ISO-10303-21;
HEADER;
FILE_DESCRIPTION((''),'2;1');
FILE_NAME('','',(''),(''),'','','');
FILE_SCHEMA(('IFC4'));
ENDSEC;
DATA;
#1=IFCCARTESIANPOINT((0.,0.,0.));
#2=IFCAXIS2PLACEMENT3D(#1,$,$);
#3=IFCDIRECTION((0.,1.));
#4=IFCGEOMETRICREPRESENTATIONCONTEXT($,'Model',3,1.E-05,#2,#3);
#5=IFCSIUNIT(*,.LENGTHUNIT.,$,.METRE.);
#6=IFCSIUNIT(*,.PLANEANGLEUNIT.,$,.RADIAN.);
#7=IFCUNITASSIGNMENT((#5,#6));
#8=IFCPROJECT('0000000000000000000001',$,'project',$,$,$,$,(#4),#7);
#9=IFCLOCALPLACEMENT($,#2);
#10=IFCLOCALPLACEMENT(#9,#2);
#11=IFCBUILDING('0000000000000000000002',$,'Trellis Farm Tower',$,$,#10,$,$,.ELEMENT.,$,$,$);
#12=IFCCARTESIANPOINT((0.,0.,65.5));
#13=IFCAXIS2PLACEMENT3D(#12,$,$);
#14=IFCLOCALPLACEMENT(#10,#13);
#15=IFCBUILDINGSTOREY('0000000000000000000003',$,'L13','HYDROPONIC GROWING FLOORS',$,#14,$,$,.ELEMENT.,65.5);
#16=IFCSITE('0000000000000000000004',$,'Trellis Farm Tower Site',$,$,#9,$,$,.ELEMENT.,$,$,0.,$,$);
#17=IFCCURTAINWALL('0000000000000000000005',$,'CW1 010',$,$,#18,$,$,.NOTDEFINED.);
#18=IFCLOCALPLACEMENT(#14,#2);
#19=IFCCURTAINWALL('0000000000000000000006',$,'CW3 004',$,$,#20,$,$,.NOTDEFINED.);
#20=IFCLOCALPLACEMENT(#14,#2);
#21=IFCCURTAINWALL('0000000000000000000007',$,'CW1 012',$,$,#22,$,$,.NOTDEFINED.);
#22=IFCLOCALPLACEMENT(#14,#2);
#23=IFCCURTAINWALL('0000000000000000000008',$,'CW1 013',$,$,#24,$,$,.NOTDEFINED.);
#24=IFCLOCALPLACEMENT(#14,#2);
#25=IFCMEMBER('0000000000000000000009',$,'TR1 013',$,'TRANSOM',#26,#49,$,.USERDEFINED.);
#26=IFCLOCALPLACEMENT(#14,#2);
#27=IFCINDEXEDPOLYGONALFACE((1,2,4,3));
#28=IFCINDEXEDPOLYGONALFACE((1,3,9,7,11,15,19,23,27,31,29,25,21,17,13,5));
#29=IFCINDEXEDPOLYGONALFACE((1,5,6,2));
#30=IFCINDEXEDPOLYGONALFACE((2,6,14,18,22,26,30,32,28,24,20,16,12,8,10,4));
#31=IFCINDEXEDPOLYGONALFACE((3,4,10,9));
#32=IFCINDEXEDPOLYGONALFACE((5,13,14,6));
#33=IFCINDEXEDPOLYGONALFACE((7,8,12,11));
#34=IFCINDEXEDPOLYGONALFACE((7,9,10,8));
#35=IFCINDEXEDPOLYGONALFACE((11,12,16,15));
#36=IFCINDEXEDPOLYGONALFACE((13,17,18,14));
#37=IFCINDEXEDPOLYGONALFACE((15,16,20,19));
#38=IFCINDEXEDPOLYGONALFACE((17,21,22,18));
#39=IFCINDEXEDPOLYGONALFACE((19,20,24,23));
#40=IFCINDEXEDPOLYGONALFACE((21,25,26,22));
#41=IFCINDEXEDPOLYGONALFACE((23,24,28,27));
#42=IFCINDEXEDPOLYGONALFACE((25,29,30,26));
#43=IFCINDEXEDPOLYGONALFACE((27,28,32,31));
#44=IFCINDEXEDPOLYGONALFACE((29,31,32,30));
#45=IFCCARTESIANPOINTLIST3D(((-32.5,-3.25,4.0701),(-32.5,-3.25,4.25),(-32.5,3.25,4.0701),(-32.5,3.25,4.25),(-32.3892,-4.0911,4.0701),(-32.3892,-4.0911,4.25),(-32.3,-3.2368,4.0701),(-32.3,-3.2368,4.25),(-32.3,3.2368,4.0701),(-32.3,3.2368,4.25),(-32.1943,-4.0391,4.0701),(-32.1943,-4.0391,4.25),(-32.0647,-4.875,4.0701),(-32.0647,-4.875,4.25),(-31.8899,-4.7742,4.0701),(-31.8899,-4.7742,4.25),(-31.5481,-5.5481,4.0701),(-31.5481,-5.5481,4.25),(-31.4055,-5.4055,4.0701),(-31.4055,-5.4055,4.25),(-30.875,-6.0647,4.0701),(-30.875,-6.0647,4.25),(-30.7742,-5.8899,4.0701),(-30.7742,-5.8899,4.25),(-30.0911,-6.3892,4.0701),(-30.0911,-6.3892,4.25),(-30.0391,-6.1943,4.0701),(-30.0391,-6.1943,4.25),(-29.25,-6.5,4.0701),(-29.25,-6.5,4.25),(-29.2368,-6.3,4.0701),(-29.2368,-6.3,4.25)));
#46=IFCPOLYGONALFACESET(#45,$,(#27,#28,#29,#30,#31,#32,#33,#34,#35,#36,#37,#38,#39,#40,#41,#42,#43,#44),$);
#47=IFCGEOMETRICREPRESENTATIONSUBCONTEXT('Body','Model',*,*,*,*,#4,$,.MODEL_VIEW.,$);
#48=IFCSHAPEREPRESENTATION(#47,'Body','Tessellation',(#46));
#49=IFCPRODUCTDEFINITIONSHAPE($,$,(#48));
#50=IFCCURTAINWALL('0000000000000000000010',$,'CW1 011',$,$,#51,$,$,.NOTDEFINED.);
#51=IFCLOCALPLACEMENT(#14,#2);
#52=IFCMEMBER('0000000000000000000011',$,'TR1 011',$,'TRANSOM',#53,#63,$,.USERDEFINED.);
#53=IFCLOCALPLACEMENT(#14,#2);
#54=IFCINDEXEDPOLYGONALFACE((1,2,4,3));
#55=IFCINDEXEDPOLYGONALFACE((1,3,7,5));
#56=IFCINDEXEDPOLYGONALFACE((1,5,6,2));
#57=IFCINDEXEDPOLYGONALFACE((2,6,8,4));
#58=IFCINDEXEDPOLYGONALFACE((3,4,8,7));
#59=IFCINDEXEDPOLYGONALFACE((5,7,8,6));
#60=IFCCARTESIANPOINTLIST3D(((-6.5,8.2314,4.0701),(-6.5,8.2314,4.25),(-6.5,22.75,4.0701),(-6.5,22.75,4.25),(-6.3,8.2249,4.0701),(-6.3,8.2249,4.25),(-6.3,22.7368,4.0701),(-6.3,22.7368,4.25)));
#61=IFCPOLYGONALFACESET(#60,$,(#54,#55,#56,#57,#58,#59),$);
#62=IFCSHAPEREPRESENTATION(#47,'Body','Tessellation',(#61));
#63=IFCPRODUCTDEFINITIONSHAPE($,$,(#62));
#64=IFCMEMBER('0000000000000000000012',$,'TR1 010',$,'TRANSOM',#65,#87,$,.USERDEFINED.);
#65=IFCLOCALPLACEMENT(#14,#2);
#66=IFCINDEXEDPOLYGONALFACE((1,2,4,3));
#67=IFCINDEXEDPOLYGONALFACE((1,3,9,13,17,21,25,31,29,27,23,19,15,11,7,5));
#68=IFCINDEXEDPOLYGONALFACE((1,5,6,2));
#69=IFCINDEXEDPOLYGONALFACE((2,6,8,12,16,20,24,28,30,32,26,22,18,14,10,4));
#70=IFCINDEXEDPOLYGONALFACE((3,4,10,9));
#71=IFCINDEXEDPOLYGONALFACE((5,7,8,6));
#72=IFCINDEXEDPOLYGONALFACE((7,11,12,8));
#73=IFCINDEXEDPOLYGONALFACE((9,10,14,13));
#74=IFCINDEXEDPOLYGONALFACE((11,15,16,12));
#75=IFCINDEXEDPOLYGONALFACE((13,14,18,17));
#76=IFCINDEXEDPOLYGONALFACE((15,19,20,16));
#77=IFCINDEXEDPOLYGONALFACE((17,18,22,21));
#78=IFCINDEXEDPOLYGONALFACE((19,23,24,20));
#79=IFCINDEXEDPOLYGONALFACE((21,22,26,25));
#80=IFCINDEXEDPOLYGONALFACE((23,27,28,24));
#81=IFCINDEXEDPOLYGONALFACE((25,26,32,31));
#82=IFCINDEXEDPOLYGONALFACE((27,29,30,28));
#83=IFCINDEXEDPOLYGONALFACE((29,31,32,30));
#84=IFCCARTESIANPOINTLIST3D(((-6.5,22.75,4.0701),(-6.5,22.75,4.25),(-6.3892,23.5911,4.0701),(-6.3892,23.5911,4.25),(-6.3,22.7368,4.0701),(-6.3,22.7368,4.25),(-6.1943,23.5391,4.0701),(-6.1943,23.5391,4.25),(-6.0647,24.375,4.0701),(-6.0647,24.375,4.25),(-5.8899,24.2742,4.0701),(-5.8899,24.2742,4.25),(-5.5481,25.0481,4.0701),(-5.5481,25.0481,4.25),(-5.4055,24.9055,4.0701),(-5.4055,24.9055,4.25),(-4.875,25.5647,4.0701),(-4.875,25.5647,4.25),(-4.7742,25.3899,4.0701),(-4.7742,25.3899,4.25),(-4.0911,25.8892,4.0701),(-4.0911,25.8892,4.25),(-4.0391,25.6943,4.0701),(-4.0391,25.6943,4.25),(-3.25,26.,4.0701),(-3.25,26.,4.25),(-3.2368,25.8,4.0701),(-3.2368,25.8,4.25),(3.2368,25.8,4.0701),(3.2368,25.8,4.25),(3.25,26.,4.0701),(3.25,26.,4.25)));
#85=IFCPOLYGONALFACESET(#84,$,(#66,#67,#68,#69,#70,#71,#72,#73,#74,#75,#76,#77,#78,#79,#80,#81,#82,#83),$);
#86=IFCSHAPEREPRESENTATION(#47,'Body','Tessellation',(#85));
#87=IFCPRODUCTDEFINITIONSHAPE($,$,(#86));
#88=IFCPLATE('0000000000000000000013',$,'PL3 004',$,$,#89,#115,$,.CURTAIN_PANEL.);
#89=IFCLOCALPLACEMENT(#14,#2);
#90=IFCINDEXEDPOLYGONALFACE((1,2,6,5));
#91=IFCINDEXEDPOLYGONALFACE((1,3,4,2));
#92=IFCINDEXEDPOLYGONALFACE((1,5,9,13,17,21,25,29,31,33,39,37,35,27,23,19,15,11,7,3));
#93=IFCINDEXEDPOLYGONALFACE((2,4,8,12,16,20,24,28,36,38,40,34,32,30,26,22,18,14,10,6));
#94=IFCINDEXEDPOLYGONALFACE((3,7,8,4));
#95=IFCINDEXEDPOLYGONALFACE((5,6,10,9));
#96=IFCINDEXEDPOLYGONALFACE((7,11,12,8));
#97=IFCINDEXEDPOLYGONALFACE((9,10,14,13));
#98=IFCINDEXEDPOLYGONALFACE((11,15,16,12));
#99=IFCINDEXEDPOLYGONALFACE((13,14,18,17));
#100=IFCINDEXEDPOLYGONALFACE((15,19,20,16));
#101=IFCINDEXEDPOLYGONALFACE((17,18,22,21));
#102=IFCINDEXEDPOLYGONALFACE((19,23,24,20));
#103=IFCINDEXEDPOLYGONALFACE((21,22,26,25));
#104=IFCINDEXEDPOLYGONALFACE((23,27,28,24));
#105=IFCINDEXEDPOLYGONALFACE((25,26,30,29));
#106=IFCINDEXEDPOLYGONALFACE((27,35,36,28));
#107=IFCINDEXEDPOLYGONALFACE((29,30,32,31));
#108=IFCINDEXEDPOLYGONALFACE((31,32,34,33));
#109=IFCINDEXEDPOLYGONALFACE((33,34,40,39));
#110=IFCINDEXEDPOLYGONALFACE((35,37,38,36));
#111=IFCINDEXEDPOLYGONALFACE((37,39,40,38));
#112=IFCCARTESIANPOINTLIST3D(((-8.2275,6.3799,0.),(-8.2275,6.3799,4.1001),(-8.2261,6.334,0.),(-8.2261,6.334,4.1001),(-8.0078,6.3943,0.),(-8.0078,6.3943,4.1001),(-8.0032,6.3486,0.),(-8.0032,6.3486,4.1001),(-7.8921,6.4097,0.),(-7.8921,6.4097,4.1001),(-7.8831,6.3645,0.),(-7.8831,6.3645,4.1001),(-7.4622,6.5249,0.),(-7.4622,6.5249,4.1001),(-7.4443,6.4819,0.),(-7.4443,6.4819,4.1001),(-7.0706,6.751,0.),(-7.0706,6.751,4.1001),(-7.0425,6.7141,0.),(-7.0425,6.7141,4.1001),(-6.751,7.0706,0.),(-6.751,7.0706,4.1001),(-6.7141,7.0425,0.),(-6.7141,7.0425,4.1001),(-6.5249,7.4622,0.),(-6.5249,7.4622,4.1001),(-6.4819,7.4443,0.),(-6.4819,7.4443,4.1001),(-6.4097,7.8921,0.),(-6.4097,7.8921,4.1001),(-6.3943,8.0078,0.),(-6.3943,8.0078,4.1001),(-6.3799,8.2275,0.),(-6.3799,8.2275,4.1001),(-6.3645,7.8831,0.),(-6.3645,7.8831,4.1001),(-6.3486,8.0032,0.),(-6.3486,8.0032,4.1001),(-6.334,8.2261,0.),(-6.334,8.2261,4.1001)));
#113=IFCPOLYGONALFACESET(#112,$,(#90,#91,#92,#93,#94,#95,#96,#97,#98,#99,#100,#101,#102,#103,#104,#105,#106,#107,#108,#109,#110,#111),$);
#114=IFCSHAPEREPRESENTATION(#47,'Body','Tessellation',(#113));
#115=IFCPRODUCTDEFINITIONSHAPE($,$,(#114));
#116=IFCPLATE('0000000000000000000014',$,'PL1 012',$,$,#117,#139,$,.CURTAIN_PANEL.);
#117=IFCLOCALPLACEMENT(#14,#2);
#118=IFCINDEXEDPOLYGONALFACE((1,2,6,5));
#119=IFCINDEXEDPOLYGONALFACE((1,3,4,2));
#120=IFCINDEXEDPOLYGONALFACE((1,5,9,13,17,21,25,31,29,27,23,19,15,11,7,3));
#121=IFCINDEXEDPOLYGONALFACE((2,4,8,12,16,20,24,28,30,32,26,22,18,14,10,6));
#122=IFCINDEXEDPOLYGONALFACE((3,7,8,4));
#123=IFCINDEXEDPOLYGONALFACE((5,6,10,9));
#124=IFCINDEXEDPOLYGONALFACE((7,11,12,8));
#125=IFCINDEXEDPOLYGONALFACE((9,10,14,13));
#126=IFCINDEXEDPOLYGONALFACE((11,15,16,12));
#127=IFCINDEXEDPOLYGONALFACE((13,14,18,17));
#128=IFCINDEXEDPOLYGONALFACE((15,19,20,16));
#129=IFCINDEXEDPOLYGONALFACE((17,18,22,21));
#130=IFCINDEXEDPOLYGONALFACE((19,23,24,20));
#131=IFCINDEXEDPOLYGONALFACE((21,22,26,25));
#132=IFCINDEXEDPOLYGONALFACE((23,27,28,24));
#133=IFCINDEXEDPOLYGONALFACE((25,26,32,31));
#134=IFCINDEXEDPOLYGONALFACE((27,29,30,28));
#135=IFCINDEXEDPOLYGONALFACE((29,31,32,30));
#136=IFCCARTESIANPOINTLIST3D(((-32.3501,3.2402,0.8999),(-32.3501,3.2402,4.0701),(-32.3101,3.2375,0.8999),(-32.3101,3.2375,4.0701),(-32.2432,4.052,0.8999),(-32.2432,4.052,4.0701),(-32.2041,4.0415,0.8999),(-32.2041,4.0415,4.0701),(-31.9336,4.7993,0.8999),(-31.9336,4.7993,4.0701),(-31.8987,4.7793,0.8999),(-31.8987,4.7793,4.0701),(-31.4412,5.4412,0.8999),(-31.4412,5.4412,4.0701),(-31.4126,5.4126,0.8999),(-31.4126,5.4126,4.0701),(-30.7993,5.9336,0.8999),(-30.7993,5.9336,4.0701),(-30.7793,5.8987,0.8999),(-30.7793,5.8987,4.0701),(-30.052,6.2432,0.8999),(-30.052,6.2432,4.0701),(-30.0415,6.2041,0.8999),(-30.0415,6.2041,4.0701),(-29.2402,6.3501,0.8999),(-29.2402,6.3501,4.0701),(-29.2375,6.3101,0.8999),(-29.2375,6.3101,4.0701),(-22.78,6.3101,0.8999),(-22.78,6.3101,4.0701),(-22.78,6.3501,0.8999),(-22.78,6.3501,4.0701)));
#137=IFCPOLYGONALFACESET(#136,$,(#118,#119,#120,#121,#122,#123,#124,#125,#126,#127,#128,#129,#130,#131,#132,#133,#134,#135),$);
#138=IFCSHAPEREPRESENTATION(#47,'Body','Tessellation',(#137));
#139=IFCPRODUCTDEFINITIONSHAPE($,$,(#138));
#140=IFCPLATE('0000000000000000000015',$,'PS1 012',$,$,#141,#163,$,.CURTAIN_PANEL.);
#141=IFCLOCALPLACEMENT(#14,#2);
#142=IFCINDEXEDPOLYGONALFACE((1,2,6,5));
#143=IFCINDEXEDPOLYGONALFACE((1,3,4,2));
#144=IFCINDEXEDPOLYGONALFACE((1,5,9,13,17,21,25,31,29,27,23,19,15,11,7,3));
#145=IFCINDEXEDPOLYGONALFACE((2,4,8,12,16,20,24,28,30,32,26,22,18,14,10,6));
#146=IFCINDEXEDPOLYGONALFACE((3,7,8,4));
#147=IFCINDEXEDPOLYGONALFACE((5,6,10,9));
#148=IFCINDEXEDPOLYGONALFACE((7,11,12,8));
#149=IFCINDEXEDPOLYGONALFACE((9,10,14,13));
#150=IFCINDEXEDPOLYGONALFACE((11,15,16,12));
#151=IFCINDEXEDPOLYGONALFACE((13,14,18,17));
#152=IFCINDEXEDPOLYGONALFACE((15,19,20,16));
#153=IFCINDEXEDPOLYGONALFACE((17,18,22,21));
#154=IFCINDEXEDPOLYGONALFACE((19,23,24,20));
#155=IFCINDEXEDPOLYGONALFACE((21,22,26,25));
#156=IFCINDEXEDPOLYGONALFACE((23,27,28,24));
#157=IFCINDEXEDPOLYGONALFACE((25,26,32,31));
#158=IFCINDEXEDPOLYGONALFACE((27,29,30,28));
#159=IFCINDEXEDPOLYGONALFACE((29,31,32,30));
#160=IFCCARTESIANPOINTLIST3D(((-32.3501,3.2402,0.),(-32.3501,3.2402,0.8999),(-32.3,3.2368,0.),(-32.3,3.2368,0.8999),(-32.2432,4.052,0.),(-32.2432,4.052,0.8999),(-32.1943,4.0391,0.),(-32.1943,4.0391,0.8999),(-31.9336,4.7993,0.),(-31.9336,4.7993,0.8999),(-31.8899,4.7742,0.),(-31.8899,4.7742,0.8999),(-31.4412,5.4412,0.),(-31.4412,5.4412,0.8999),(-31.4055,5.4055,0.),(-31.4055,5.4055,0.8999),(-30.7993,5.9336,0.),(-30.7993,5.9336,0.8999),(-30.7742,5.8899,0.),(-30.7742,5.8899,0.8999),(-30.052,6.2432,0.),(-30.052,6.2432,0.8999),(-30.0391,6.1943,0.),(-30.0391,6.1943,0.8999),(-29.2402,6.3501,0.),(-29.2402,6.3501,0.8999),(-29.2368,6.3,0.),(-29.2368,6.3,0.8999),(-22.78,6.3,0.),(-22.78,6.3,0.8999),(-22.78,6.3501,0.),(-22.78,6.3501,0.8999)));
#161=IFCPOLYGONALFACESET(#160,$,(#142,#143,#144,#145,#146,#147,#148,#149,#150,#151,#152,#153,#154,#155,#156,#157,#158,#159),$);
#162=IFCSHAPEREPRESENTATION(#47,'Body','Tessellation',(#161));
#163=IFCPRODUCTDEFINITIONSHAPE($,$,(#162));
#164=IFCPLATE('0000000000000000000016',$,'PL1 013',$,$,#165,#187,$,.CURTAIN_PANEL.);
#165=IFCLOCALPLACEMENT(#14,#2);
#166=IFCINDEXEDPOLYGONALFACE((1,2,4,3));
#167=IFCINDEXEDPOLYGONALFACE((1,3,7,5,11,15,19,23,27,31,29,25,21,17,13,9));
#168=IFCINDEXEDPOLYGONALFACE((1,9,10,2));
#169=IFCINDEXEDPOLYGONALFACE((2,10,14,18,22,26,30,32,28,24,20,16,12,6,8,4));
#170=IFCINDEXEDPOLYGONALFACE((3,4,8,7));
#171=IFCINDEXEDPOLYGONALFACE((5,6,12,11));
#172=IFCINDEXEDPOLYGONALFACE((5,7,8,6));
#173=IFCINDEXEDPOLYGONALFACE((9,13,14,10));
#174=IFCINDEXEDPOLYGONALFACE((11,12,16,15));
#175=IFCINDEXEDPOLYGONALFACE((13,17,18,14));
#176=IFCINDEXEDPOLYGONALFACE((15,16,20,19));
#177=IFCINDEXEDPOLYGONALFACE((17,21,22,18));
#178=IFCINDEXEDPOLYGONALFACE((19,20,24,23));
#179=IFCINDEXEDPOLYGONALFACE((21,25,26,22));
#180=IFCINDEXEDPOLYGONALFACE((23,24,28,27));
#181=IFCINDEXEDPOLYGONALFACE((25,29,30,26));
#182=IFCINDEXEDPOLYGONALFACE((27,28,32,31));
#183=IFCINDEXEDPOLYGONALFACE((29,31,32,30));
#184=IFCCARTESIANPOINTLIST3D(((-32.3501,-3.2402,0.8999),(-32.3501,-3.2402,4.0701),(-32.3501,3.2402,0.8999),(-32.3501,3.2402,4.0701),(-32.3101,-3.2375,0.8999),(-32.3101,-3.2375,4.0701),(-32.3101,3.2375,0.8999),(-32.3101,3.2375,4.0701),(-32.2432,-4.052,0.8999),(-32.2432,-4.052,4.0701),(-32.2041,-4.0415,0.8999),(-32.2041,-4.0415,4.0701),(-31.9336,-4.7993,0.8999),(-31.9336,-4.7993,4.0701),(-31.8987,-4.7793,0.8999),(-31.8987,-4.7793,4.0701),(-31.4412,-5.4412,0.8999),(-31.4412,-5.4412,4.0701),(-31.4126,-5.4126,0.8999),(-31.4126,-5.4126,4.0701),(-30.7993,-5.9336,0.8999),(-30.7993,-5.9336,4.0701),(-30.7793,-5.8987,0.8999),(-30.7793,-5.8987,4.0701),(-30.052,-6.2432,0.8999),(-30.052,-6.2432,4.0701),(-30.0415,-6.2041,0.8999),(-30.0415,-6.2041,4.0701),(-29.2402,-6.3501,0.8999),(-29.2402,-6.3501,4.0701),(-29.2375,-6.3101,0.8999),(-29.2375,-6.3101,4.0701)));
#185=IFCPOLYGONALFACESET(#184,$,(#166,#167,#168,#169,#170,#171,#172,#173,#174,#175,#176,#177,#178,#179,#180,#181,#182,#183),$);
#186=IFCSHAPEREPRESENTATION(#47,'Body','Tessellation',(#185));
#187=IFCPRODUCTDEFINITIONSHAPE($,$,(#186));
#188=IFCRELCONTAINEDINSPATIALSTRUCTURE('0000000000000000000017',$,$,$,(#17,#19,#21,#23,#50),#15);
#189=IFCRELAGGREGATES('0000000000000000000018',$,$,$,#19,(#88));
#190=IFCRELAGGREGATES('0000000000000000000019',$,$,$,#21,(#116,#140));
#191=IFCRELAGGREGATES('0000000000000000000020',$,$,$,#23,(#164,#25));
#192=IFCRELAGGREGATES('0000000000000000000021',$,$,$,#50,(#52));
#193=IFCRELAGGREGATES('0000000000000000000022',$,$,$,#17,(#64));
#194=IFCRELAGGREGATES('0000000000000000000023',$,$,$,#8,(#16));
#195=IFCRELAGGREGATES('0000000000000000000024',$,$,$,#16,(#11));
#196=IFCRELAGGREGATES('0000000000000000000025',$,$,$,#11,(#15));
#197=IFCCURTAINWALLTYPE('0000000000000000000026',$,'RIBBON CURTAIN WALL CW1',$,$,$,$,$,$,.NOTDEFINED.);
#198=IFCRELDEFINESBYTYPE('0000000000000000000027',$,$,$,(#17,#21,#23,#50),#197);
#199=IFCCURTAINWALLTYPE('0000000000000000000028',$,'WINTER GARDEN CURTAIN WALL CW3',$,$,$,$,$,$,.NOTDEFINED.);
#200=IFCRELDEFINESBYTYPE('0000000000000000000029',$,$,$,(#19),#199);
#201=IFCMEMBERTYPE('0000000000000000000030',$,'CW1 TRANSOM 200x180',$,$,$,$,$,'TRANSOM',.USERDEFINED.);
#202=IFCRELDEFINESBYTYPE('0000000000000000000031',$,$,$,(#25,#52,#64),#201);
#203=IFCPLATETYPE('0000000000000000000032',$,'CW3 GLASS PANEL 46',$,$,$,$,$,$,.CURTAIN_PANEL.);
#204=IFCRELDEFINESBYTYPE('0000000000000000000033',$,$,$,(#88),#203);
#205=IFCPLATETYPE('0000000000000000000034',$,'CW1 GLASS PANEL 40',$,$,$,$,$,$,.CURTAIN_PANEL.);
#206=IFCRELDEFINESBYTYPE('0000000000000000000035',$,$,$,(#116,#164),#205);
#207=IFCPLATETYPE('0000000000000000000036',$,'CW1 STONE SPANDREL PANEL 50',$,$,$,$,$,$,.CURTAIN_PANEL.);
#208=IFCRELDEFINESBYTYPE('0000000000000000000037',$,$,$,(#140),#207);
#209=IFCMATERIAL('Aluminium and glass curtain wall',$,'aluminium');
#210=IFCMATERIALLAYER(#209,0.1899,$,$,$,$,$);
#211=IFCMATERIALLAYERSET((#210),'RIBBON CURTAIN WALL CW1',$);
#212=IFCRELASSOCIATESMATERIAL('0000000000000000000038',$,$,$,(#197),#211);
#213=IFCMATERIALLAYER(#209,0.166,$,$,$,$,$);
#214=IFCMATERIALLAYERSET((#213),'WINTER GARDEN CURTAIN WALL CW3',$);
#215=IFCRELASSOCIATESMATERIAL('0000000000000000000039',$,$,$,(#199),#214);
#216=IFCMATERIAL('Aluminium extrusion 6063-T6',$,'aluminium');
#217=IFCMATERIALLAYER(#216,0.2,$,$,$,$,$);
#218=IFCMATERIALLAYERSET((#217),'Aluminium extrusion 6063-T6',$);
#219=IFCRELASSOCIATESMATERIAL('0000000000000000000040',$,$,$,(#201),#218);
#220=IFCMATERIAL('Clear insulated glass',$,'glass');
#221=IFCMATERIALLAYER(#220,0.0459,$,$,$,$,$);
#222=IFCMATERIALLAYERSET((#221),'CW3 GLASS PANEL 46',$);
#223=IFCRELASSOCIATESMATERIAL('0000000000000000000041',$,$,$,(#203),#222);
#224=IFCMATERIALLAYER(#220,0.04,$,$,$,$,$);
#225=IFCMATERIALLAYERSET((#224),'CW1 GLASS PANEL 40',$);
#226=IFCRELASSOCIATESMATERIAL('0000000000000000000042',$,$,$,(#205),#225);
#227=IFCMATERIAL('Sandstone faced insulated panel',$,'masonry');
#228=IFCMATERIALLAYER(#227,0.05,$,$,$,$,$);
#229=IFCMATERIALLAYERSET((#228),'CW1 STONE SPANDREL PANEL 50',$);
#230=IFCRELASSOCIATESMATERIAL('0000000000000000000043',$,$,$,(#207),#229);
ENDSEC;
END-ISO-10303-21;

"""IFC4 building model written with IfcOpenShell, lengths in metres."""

from ifc_helpers import new_model, si_unit, direction, frame, origin, place, context, subcontext, project, spatial, polyline, outline, extrude, source, transform, mapped, material, layer, layer_set, type_object, element, aggregate, save


model = new_model("IFC4")

# Units and contexts
model_context = context("Model", 3, precision=1e-05, world=origin(), true_north=direction((0.0, 1.0)))
body_context = subcontext(model_context, "Body", "Model", "MODEL_VIEW")
ifc_project = project(units=[si_unit("LENGTHUNIT", "METRE"), si_unit("PLANEANGLEUNIT", "RADIAN")], contexts=[model_context])

# Site, building, storey
site_placement = place(None, origin())
site = spatial("IfcSite", under=ifc_project, at=site_placement, Name="Trellis Farm Tower Site", CompositionType="ELEMENT", RefElevation=0.0)
building_placement = place(site_placement, origin())
building = spatial("IfcBuilding", under=site, at=building_placement, Name="Trellis Farm Tower", CompositionType="ELEMENT")
storey_placement = place(building_placement, frame((0.0, 0.0, 65.5)))
storey = spatial("IfcBuildingStorey", under=building, at=storey_placement, Name="L13", Description="HYDROPONIC GROWING FLOORS", CompositionType="ELEMENT", Elevation=65.5)

# Curtain walls, members
ifc_material_1 = material(Name="Aluminium and glass curtain wall", Category="aluminium")
ifc_layer_1 = layer(ifc_material_1, 0.1899)
ifc_layer_set_1 = layer_set([ifc_layer_1], Name="RIBBON CURTAIN WALL CW1")
curtain_wall_type_1 = type_object("IfcCurtainWallType", Name="RIBBON CURTAIN WALL CW1", PredefinedType="NOTDEFINED", material=ifc_layer_set_1)
placement_1 = place(storey_placement, origin())
curtain_wall_1 = element("IfcCurtainWall", 1, at=placement_1, inside=storey, type_object=curtain_wall_type_1, Name="CW1 010", PredefinedType="NOTDEFINED")
ifc_material_2 = material(Name="Aluminium extrusion 6063-T6", Category="aluminium")
ifc_layer_2 = layer(ifc_material_1, 0.166)
ifc_layer_set_2 = layer_set([ifc_layer_2], Name="WINTER GARDEN CURTAIN WALL CW3")
curtain_wall_type_2 = type_object("IfcCurtainWallType", Name="WINTER GARDEN CURTAIN WALL CW3", PredefinedType="NOTDEFINED", material=ifc_layer_set_2)
curtain_wall_2 = element("IfcCurtainWall", 2, at=placement_1, inside=storey, type_object=curtain_wall_type_2, Name="CW3 004", PredefinedType="NOTDEFINED")
curtain_wall_3 = element("IfcCurtainWall", 3, at=placement_1, inside=storey, type_object=curtain_wall_type_1, Name="CW1 012", PredefinedType="NOTDEFINED")
ifc_layer_3 = layer(ifc_material_2, 0.2)
ifc_layer_set_3 = layer_set([ifc_layer_3], Name="Aluminium extrusion 6063-T6")
member_type_1 = type_object("IfcMemberType", Name="CW1 TRANSOM 200x180", ElementType="TRANSOM", PredefinedType="USERDEFINED", material=ifc_layer_set_3)
placement_2 = place(storey_placement, frame((0.0, 0.0, 4.0701)))
curtain_wall_4 = element("IfcCurtainWall", 4, at=placement_1, inside=storey, type_object=curtain_wall_type_1, Name="CW1 013", PredefinedType="NOTDEFINED")
shared_shape_1 = source(origin(), body_context, "Body", "SweptSolid", [
    extrude(outline(polyline([(-32.5, 3.25), (-32.5, -3.25), (-32.3892, -4.0911), (-32.0647, -4.875), (-31.5481, -5.5481), (-30.875, -6.0647), (-30.0911, -6.3892), (-29.25, -6.5), (-29.2368, -6.3), (-30.0391, -6.1943), (-30.7742, -5.8899), (-31.4055, -5.4055), (-31.8899, -4.7742), (-32.1943, -4.0391), (-32.3, -3.2368), (-32.3, 3.2368), (-32.5, 3.25)])), origin(), (0.0, 0.0, 1.0), 0.1799),
])
member_1 = element("IfcMember", 5, at=placement_2, type_object=member_type_1, Name="TR1 013", ObjectType="TRANSOM", PredefinedType="USERDEFINED", context=body_context, shape_type="MappedRepresentation", body=[
    mapped(shared_shape_1, transform((0.0, 0.0, 0.0))),
])
curtain_wall_5 = element("IfcCurtainWall", 6, at=placement_1, inside=storey, type_object=curtain_wall_type_1, Name="CW1 011", PredefinedType="NOTDEFINED")
shared_shape_2 = source(origin(), body_context, "Body", "SweptSolid", [
    extrude(outline(polyline([(-6.5, 22.75), (-6.5, 8.2314), (-6.3, 8.2249), (-6.3, 22.7368), (-6.5, 22.75)])), origin(), (0.0, 0.0, 1.0), 0.1799),
])
member_2 = element("IfcMember", 7, at=placement_2, type_object=member_type_1, Name="TR1 011", ObjectType="TRANSOM", PredefinedType="USERDEFINED", context=body_context, shape_type="MappedRepresentation", body=[
    mapped(shared_shape_2, transform((0.0, 0.0, 0.0))),
])

# Member
shared_shape_3 = source(origin(), body_context, "Body", "SweptSolid", [
    extrude(outline(polyline([(3.25, 26.0), (-3.25, 26.0), (-4.0911, 25.8892), (-4.875, 25.5647), (-5.5481, 25.0481), (-6.0647, 24.375), (-6.3892, 23.5911), (-6.5, 22.75), (-6.3, 22.7368), (-6.1943, 23.5391), (-5.8899, 24.2742), (-5.4055, 24.9055), (-4.7742, 25.3899), (-4.0391, 25.6943), (-3.2368, 25.8), (3.2368, 25.8), (3.25, 26.0)])), origin(), (0.0, 0.0, 1.0), 0.1799),
])
member_3 = element("IfcMember", 8, at=placement_2, type_object=member_type_1, Name="TR1 010", ObjectType="TRANSOM", PredefinedType="USERDEFINED", context=body_context, shape_type="MappedRepresentation", body=[
    mapped(shared_shape_3, transform((0.0, 0.0, 0.0))),
])

# Plates
ifc_material_3 = material(Name="Clear insulated glass", Category="glass")
ifc_layer_4 = layer(ifc_material_3, 0.0459)
ifc_layer_set_4 = layer_set([ifc_layer_4], Name="CW3 GLASS PANEL 46")
plate_type_1 = type_object("IfcPlateType", Name="CW3 GLASS PANEL 46", PredefinedType="CURTAIN_PANEL", material=ifc_layer_set_4)
shared_shape_4 = source(origin(), body_context, "Body", "SweptSolid", [
    extrude(outline(polyline([(-6.3799, 8.2275), (-6.3943, 8.0078), (-6.4097, 7.8921), (-6.5249, 7.4622), (-6.751, 7.0706), (-7.0706, 6.751), (-7.4622, 6.5249), (-7.8921, 6.4097), (-8.0078, 6.3943), (-8.2275, 6.3799), (-8.2261, 6.334), (-8.0032, 6.3486), (-7.8831, 6.3645), (-7.4443, 6.4819), (-7.0425, 6.7141), (-6.7141, 7.0425), (-6.4819, 7.4443), (-6.3645, 7.8831), (-6.3486, 8.0032), (-6.334, 8.2261), (-6.3799, 8.2275)])), origin(), (0.0, 0.0, 1.0), 4.1001),
])
plate_1 = element("IfcPlate", 9, at=placement_1, type_object=plate_type_1, Name="PL3 004", PredefinedType="CURTAIN_PANEL", context=body_context, shape_type="MappedRepresentation", body=[
    mapped(shared_shape_4, transform((0.0, 0.0, 0.0))),
])
aggregate(curtain_wall_2, [plate_1])
ifc_layer_5 = layer(ifc_material_3, 0.04)
ifc_layer_set_5 = layer_set([ifc_layer_5], Name="CW1 GLASS PANEL 40")
plate_type_2 = type_object("IfcPlateType", Name="CW1 GLASS PANEL 40", PredefinedType="CURTAIN_PANEL", material=ifc_layer_set_5)
shared_shape_5 = source(origin(), body_context, "Body", "SweptSolid", [
    extrude(outline(polyline([(-22.78, 6.3501), (-29.2402, 6.3501), (-30.052, 6.2432), (-30.7993, 5.9336), (-31.4412, 5.4412), (-31.9336, 4.7993), (-32.2432, 4.052), (-32.3501, 3.2402), (-32.3101, 3.2375), (-32.2041, 4.0415), (-31.8987, 4.7793), (-31.4126, 5.4126), (-30.7793, 5.8987), (-30.0415, 6.2041), (-29.2375, 6.3101), (-22.78, 6.3101), (-22.78, 6.3501)])), origin(), (0.0, 0.0, 1.0), 3.1702),
])
placement_3 = place(storey_placement, frame((0.0, 0.0, 0.8999)))
plate_2 = element("IfcPlate", 10, at=placement_3, type_object=plate_type_2, Name="PL1 012", PredefinedType="CURTAIN_PANEL", context=body_context, shape_type="MappedRepresentation", body=[
    mapped(shared_shape_5, transform((0.0, 0.0, 0.0))),
])
ifc_material_4 = material(Name="Sandstone faced insulated panel", Category="masonry")
ifc_layer_6 = layer(ifc_material_4, 0.05)
ifc_layer_set_6 = layer_set([ifc_layer_6], Name="CW1 STONE SPANDREL PANEL 50")
plate_type_3 = type_object("IfcPlateType", Name="CW1 STONE SPANDREL PANEL 50", PredefinedType="CURTAIN_PANEL", material=ifc_layer_set_6)
shared_shape_6 = source(origin(), body_context, "Body", "SweptSolid", [
    extrude(outline(polyline([(-22.78, 6.3501), (-29.2402, 6.3501), (-30.052, 6.2432), (-30.7993, 5.9336), (-31.4412, 5.4412), (-31.9336, 4.7993), (-32.2432, 4.052), (-32.3501, 3.2402), (-32.3, 3.2368), (-32.1943, 4.0391), (-31.8899, 4.7742), (-31.4055, 5.4055), (-30.7742, 5.8899), (-30.0391, 6.1943), (-29.2368, 6.3), (-22.78, 6.3), (-22.78, 6.3501)])), origin(), (0.0, 0.0, 1.0), 0.8999),
])
plate_3 = element("IfcPlate", 11, at=placement_1, type_object=plate_type_3, Name="PS1 012", PredefinedType="CURTAIN_PANEL", context=body_context, shape_type="MappedRepresentation", body=[
    mapped(shared_shape_6, transform((0.0, 0.0, 0.0))),
])
aggregate(curtain_wall_3, [plate_2, plate_3])
shared_shape_7 = source(origin(), body_context, "Body", "SweptSolid", [
    extrude(outline(polyline([(-32.3501, 3.2402), (-32.3501, -3.2402), (-32.2432, -4.052), (-31.9336, -4.7993), (-31.4412, -5.4412), (-30.7993, -5.9336), (-30.052, -6.2432), (-29.2402, -6.3501), (-29.2375, -6.3101), (-30.0415, -6.2041), (-30.7793, -5.8987), (-31.4126, -5.4126), (-31.8987, -4.7793), (-32.2041, -4.0415), (-32.3101, -3.2375), (-32.3101, 3.2375), (-32.3501, 3.2402)])), origin(), (0.0, 0.0, 1.0), 3.1702),
])
plate_4 = element("IfcPlate", 12, at=placement_3, type_object=plate_type_2, Name="PL1 013", PredefinedType="CURTAIN_PANEL", context=body_context, shape_type="MappedRepresentation", body=[
    mapped(shared_shape_7, transform((0.0, 0.0, 0.0))),
])
aggregate(curtain_wall_4, [plate_4, member_1])
aggregate(curtain_wall_5, [member_2])
aggregate(curtain_wall_1, [member_3])

save(model, "model.ifc")
